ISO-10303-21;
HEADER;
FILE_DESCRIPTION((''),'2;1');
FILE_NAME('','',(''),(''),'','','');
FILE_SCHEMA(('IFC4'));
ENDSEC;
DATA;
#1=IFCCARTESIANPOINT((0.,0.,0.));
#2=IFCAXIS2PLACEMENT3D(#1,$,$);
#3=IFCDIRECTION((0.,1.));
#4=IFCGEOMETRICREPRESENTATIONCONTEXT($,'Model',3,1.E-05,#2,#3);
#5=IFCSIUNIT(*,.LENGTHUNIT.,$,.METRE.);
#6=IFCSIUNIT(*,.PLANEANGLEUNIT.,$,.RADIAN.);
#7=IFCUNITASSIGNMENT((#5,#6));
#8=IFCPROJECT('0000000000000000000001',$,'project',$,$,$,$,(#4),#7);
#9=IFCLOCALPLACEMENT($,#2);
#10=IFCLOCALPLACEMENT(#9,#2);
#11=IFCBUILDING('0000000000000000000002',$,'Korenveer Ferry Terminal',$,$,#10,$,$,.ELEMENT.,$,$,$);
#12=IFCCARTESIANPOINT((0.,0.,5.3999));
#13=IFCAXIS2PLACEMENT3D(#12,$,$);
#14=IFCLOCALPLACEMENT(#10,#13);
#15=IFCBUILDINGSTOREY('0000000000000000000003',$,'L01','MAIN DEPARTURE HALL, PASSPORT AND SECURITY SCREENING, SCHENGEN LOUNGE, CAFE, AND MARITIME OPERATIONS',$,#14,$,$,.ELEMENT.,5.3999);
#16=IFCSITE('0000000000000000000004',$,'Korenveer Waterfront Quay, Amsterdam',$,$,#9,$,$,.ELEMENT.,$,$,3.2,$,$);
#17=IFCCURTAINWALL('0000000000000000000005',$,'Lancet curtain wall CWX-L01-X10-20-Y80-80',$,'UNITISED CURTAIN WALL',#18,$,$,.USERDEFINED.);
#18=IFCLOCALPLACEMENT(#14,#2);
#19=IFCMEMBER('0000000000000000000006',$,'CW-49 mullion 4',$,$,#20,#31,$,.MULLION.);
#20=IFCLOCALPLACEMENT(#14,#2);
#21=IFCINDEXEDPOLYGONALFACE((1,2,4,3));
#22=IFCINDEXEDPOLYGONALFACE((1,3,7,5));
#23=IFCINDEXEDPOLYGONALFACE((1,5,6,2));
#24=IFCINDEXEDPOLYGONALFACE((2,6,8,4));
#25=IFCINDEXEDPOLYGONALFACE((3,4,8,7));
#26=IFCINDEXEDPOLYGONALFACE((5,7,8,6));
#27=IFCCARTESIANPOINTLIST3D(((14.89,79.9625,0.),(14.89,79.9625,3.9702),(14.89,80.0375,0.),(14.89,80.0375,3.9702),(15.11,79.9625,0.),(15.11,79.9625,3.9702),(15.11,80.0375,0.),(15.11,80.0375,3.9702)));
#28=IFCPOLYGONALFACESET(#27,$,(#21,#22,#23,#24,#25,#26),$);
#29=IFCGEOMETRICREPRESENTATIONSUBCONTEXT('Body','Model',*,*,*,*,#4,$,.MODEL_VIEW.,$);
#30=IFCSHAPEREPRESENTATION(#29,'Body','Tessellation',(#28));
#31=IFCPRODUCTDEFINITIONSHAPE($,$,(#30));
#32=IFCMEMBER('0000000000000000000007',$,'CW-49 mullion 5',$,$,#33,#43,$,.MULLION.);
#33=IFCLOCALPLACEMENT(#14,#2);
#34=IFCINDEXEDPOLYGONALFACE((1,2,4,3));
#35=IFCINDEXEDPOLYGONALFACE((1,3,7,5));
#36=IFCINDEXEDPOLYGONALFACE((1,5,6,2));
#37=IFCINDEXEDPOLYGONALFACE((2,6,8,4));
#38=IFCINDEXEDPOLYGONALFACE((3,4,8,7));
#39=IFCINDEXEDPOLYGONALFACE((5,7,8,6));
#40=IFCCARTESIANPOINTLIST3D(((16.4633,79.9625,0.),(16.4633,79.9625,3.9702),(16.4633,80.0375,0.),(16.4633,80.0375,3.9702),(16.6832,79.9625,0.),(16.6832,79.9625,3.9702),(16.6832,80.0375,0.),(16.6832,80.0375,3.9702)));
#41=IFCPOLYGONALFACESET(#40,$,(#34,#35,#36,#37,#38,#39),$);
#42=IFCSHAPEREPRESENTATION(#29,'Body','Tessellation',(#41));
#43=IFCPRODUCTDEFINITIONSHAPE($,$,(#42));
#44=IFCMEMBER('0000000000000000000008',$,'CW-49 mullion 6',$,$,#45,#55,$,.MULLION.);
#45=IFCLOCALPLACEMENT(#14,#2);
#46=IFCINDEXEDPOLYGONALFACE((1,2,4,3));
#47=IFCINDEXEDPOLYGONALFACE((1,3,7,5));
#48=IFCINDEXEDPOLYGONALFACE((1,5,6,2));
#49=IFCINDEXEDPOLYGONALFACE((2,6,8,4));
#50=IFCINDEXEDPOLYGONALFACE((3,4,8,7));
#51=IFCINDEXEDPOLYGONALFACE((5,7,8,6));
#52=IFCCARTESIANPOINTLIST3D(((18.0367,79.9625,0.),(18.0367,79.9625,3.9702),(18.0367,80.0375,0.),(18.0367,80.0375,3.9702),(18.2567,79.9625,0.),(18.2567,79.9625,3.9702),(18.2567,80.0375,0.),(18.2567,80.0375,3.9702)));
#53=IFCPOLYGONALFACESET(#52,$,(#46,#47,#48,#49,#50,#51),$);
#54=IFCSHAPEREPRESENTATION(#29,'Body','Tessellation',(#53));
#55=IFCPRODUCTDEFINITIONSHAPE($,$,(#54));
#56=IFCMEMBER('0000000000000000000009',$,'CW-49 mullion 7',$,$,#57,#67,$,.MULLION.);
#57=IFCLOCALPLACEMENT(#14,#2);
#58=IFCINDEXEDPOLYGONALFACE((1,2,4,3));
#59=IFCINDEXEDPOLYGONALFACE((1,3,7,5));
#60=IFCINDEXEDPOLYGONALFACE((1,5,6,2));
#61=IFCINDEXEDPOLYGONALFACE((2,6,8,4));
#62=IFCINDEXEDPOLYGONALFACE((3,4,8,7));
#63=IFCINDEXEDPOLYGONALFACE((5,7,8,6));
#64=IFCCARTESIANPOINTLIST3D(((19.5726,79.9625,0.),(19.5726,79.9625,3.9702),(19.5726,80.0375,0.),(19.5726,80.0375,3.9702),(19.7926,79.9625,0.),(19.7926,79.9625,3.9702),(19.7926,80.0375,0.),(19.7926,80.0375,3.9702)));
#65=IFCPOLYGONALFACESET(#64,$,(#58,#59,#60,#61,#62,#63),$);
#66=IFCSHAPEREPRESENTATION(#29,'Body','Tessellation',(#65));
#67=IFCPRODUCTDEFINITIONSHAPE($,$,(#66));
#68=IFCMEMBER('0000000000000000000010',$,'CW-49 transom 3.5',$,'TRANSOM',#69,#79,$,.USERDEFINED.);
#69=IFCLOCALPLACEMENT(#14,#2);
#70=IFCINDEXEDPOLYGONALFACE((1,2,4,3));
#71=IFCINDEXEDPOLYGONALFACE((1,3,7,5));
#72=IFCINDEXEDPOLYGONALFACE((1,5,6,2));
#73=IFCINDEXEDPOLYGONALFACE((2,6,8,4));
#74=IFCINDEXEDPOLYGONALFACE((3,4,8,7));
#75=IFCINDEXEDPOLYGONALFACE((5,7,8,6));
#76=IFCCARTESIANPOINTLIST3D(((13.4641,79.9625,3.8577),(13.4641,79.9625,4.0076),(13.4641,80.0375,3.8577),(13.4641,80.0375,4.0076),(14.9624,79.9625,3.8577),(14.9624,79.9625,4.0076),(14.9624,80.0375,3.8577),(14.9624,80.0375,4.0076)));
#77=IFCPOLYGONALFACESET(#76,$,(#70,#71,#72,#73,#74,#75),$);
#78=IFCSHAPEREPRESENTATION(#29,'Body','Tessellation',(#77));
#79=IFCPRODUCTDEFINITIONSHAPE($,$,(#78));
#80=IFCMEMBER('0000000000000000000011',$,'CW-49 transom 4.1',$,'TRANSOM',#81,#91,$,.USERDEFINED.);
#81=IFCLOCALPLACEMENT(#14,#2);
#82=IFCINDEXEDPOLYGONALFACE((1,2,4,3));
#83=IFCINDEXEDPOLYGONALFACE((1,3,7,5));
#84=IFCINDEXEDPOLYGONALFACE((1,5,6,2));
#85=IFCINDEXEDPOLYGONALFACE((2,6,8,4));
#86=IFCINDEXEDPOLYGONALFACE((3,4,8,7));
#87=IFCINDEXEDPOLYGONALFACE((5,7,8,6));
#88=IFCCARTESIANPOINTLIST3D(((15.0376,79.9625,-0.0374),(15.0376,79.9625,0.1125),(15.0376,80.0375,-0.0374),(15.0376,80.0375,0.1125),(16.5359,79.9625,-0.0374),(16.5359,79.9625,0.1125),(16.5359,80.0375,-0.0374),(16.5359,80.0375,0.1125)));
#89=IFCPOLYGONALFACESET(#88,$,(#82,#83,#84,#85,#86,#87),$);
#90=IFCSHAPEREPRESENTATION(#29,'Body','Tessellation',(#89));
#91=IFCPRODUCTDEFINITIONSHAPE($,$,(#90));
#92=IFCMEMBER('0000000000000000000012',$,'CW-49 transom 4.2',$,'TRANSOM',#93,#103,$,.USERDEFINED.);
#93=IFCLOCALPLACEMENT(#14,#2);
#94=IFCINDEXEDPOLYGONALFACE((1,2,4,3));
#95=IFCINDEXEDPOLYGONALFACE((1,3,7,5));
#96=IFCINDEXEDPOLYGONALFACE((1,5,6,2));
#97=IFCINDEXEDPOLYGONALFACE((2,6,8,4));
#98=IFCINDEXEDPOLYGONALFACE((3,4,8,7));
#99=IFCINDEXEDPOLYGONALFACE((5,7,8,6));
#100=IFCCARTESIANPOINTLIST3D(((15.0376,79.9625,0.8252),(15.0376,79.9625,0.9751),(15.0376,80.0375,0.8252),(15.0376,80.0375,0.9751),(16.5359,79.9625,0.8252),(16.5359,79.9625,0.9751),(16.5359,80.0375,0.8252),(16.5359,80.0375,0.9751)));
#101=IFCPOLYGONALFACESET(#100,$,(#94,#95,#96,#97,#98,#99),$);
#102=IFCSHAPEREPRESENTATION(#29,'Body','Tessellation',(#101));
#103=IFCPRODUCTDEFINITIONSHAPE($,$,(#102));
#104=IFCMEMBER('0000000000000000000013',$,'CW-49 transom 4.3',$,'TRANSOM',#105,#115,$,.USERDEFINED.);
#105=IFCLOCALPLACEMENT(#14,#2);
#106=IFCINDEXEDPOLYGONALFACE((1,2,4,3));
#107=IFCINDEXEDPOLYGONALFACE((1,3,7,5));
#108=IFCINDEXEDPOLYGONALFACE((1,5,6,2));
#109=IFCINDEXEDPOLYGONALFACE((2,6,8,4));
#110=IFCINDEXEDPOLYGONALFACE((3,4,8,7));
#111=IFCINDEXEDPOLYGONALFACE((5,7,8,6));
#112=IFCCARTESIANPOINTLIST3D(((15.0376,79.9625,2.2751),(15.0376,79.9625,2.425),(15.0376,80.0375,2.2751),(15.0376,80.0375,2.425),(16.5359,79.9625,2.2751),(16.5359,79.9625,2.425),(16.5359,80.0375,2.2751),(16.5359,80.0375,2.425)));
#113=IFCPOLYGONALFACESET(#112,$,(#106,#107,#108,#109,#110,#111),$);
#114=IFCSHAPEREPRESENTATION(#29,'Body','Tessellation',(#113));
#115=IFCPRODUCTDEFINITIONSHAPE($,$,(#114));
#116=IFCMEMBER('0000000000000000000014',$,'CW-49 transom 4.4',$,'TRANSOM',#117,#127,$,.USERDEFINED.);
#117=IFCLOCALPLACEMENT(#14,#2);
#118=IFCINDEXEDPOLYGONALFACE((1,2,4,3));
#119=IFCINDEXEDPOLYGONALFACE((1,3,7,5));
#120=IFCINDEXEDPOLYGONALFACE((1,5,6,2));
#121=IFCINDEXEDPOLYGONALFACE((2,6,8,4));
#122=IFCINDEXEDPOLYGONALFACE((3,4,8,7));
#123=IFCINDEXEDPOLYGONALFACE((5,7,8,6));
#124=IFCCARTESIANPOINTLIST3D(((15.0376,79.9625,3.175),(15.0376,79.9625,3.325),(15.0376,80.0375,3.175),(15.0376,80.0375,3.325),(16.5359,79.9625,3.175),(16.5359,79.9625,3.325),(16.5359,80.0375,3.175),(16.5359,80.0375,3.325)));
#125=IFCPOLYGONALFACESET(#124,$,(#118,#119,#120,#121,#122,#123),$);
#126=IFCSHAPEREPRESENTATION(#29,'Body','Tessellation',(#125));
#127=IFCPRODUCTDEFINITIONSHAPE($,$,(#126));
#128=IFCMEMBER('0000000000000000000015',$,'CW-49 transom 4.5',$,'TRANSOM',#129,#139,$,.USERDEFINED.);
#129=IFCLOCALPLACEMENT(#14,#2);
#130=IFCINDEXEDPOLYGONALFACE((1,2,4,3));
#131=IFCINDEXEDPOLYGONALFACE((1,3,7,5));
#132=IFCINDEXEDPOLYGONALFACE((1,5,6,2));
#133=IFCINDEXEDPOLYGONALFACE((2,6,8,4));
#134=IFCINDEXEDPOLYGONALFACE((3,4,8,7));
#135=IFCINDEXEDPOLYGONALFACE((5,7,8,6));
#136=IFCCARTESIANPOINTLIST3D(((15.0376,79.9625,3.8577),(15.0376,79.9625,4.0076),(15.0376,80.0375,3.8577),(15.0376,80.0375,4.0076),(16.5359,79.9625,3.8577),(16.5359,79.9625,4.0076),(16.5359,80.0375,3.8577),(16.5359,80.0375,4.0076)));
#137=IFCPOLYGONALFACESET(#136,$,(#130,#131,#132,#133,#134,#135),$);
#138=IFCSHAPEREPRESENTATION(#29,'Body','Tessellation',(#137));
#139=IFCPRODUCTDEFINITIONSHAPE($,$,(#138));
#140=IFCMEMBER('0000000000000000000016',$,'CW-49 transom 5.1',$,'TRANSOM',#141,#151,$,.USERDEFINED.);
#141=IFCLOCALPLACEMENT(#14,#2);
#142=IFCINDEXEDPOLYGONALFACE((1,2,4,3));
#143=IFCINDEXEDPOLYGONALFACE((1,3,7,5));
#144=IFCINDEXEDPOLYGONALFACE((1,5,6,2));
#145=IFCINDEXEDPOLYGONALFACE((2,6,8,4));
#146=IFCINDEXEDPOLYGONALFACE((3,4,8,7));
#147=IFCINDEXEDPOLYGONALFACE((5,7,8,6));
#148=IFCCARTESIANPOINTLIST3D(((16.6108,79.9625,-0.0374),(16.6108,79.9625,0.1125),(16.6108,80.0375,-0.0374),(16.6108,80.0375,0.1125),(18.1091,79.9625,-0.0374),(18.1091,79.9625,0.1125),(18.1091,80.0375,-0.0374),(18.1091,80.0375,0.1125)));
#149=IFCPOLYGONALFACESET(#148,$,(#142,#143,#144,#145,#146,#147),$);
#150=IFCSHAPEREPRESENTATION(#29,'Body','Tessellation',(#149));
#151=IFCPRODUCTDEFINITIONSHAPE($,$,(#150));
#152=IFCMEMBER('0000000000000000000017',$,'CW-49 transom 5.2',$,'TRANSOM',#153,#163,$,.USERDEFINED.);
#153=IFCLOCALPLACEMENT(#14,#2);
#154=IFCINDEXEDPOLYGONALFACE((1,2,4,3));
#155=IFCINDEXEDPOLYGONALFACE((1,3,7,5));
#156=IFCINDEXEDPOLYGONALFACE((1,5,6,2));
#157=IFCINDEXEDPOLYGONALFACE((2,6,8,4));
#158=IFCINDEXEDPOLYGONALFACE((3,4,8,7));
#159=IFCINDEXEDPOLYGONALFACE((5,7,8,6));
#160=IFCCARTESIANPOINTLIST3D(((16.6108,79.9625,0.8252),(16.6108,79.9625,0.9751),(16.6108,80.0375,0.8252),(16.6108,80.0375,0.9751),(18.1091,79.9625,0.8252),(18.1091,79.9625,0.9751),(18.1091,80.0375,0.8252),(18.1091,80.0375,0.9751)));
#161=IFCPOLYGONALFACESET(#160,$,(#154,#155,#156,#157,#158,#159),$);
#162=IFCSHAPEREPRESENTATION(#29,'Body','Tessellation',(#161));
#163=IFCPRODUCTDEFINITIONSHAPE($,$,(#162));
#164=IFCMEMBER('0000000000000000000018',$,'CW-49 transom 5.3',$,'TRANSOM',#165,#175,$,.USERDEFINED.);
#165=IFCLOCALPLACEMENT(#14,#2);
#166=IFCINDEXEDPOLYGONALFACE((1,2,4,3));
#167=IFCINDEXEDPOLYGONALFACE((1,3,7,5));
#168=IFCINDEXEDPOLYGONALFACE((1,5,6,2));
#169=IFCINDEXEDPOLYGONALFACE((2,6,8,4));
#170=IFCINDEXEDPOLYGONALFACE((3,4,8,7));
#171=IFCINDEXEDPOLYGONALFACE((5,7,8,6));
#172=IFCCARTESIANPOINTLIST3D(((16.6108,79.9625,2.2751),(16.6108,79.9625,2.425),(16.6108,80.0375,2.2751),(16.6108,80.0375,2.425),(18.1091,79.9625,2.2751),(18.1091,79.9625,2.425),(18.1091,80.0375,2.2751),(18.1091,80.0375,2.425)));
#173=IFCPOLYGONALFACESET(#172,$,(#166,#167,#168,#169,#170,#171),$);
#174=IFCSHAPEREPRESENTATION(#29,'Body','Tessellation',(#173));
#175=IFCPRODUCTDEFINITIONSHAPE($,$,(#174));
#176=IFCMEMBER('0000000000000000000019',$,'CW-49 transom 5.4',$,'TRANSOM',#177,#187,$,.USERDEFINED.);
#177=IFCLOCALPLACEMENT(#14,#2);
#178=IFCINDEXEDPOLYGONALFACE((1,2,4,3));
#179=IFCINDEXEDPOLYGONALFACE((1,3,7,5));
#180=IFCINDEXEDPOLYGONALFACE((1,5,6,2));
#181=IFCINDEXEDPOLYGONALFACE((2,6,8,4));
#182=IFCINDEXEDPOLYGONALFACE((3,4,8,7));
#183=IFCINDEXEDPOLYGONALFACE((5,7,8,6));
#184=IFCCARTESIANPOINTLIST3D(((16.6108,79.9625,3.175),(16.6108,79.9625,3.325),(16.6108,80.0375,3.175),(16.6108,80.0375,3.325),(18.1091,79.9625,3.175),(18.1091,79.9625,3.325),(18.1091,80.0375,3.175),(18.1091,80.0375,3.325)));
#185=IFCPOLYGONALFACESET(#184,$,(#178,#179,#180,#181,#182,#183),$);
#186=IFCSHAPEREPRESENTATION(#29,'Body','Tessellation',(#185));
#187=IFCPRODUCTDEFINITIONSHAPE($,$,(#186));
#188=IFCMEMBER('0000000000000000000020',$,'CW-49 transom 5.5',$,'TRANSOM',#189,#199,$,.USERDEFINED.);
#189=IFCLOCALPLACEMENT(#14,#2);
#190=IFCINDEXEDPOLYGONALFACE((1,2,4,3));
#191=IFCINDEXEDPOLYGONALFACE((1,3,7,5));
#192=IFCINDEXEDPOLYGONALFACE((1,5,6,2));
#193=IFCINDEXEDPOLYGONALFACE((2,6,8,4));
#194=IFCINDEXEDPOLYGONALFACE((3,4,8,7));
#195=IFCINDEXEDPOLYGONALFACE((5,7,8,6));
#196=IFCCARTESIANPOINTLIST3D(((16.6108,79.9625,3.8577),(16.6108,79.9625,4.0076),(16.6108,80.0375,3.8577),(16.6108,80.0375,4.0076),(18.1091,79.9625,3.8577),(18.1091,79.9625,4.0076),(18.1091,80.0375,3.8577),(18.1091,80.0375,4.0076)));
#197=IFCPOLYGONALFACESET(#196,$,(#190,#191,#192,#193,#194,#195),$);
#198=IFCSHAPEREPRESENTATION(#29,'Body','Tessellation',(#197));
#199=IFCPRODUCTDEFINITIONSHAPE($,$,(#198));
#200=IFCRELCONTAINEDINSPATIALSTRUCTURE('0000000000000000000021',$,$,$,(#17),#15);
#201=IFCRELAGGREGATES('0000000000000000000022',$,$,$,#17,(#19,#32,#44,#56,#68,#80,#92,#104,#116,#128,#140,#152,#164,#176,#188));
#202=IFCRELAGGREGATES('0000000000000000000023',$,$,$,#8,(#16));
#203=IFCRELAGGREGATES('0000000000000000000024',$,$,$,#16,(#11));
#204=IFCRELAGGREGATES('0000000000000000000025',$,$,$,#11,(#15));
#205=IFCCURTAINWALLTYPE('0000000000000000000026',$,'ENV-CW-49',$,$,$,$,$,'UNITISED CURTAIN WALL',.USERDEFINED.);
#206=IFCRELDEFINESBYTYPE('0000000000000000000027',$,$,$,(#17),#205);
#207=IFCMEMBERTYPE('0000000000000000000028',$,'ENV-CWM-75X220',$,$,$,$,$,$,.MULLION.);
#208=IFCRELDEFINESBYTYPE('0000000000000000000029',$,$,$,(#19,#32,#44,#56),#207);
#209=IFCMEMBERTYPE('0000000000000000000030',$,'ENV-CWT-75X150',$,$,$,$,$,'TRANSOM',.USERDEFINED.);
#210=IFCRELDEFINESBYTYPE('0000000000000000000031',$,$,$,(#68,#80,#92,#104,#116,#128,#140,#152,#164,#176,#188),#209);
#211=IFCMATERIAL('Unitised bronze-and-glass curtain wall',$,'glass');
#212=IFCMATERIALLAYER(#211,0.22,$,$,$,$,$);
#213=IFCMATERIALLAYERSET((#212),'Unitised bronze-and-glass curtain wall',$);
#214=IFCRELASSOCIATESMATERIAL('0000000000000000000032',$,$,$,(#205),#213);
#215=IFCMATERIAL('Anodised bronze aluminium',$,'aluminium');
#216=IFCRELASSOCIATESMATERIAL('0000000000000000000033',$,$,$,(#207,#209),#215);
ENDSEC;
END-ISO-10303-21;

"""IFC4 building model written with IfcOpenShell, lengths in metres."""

from ifc_helpers import new_model, si_unit, direction, frame, origin, origin_2d, place, context, subcontext, project, spatial, rectangle, extrude, material, layer, layer_set, material_profile, profile_set, type_object, element, aggregate, save


model = new_model("IFC4")

# Units and contexts
model_context = context("Model", 3, precision=1e-05, world=origin(), true_north=direction((0.0, 1.0)))
body_context = subcontext(model_context, "Body", "Model", "MODEL_VIEW")
ifc_project = project(units=[si_unit("LENGTHUNIT", "METRE"), si_unit("PLANEANGLEUNIT", "RADIAN")], contexts=[model_context])

# Site, building, storey
site_placement = place(None, origin())
site = spatial("IfcSite", under=ifc_project, at=site_placement, Name="Korenveer Waterfront Quay, Amsterdam", CompositionType="ELEMENT", RefElevation=3.2)
building_placement = place(site_placement, origin())
building = spatial("IfcBuilding", under=site, at=building_placement, Name="Korenveer Ferry Terminal", CompositionType="ELEMENT")
storey_placement = place(building_placement, frame((0.0, 0.0, 5.3999)))
storey = spatial("IfcBuildingStorey", under=building, at=storey_placement, Name="L01", Description="MAIN DEPARTURE HALL, PASSPORT AND SECURITY SCREENING, SCHENGEN LOUNGE, CAFE, AND MARITIME OPERATIONS", CompositionType="ELEMENT", Elevation=5.3999)

# Curtain wall, members
ifc_material_1 = material(Name="Unitised bronze-and-glass curtain wall", Category="glass")
ifc_layer_1 = layer(ifc_material_1, 0.22)
ifc_layer_set_1 = layer_set([ifc_layer_1], Name="Unitised bronze-and-glass curtain wall")
curtain_wall_type = type_object("IfcCurtainWallType", Name="ENV-CW-49", ElementType="UNITISED CURTAIN WALL", PredefinedType="USERDEFINED", material=ifc_layer_set_1)
curtain_wall_placement = place(storey_placement, frame((10.28, 80.0, 0.0)))
curtain_wall = element("IfcCurtainWall", 1, at=curtain_wall_placement, inside=storey, type_object=curtain_wall_type, Name="Lancet curtain wall CWX-L01-X10-20-Y80-80", ObjectType="UNITISED CURTAIN WALL", PredefinedType="USERDEFINED")
ifc_material_2 = material(Name="Anodised bronze aluminium", Category="aluminium")
ifc_material_profile_1 = material_profile(ifc_material_2, rectangle(XDim=0.075, YDim=0.22, at=origin_2d()), Name="ALU 75x220")
ifc_profile_set_1 = profile_set([ifc_material_profile_1], Name="Anodised bronze aluminium")
member_type_1 = type_object("IfcMemberType", Name="ENV-CWM-75X220", PredefinedType="MULLION", material=ifc_profile_set_1)
member_1_placement = place(storey_placement, frame((15.0, 80.0, 0.0), z_axis=(0.0, 0.0, 1.0), x_axis=(0.0, 1.0, 0.0)))
member_1 = element("IfcMember", 2, at=member_1_placement, type_object=member_type_1, Name="CW-49 mullion 4", PredefinedType="MULLION", context=body_context, shape_type="SweptSolid", body=[
    extrude(rectangle(XDim=0.075, YDim=0.22, at=origin_2d()), origin(), (0.0, 0.0, 1.0), 3.9702),
])
member_2_placement = place(storey_placement, frame((16.5732, 80.0, 0.0), z_axis=(0.0, 0.0, 1.0), x_axis=(0.0, 1.0, 0.0)))
member_2 = element("IfcMember", 3, at=member_2_placement, type_object=member_type_1, Name="CW-49 mullion 5", PredefinedType="MULLION", context=body_context, shape_type="SweptSolid", body=[
    extrude(rectangle(XDim=0.075, YDim=0.22, at=origin_2d()), origin(), (0.0, 0.0, 1.0), 3.9702),
])
member_3_placement = place(storey_placement, frame((18.1467, 80.0, 0.0), z_axis=(0.0, 0.0, 1.0), x_axis=(0.0, 1.0, 0.0)))
member_3 = element("IfcMember", 4, at=member_3_placement, type_object=member_type_1, Name="CW-49 mullion 6", PredefinedType="MULLION", context=body_context, shape_type="SweptSolid", body=[
    extrude(rectangle(XDim=0.075, YDim=0.22, at=origin_2d()), origin(), (0.0, 0.0, 1.0), 3.9702),
])
member_4_placement = place(storey_placement, frame((19.6826, 80.0, 0.0), z_axis=(0.0, 0.0, 1.0), x_axis=(0.0, 1.0, 0.0)))
member_4 = element("IfcMember", 5, at=member_4_placement, type_object=member_type_1, Name="CW-49 mullion 7", PredefinedType="MULLION", context=body_context, shape_type="SweptSolid", body=[
    extrude(rectangle(XDim=0.075, YDim=0.22, at=origin_2d()), origin(), (0.0, 0.0, 1.0), 3.9702),
])
ifc_material_profile_2 = material_profile(ifc_material_2, rectangle(XDim=0.075, YDim=0.1499, at=origin_2d()), Name="ALU 75x150")
ifc_profile_set_2 = profile_set([ifc_material_profile_2], Name="Anodised bronze aluminium")
member_type_2 = type_object("IfcMemberType", Name="ENV-CWT-75X150", ElementType="TRANSOM", PredefinedType="USERDEFINED", material=ifc_profile_set_2)
member_5_placement = place(storey_placement, frame((13.4641, 80.0, 3.9326), z_axis=(1.0, 0.0, 0.0), x_axis=(0.0, 1.0, 0.0)))
member_5 = element("IfcMember", 6, at=member_5_placement, type_object=member_type_2, Name="CW-49 transom 3.5", ObjectType="TRANSOM", PredefinedType="USERDEFINED", context=body_context, shape_type="SweptSolid", body=[
    extrude(rectangle(XDim=0.075, YDim=0.1499, at=origin_2d()), origin(), (0.0, 0.0, 1.0), 1.4983),
])
member_6_placement = place(storey_placement, frame((15.0376, 80.0, 0.0376), z_axis=(1.0, 0.0, 0.0), x_axis=(0.0, 1.0, 0.0)))
member_6 = element("IfcMember", 7, at=member_6_placement, type_object=member_type_2, Name="CW-49 transom 4.1", ObjectType="TRANSOM", PredefinedType="USERDEFINED", context=body_context, shape_type="SweptSolid", body=[
    extrude(rectangle(XDim=0.075, YDim=0.1499, at=origin_2d()), origin(), (0.0, 0.0, 1.0), 1.4983),
])
member_7_placement = place(storey_placement, frame((15.0376, 80.0, 0.9001), z_axis=(1.0, 0.0, 0.0), x_axis=(0.0, 1.0, 0.0)))
member_7 = element("IfcMember", 8, at=member_7_placement, type_object=member_type_2, Name="CW-49 transom 4.2", ObjectType="TRANSOM", PredefinedType="USERDEFINED", context=body_context, shape_type="SweptSolid", body=[
    extrude(rectangle(XDim=0.075, YDim=0.1499, at=origin_2d()), origin(), (0.0, 0.0, 1.0), 1.4983),
])
member_8_placement = place(storey_placement, frame((15.0376, 80.0, 2.3501), z_axis=(1.0, 0.0, 0.0), x_axis=(0.0, 1.0, 0.0)))
member_8 = element("IfcMember", 9, at=member_8_placement, type_object=member_type_2, Name="CW-49 transom 4.3", ObjectType="TRANSOM", PredefinedType="USERDEFINED", context=body_context, shape_type="SweptSolid", body=[
    extrude(rectangle(XDim=0.075, YDim=0.1499, at=origin_2d()), origin(), (0.0, 0.0, 1.0), 1.4983),
])
member_9_placement = place(storey_placement, frame((15.0376, 80.0, 3.25), z_axis=(1.0, 0.0, 0.0), x_axis=(0.0, 1.0, 0.0)))
member_9 = element("IfcMember", 10, at=member_9_placement, type_object=member_type_2, Name="CW-49 transom 4.4", ObjectType="TRANSOM", PredefinedType="USERDEFINED", context=body_context, shape_type="SweptSolid", body=[
    extrude(rectangle(XDim=0.075, YDim=0.1499, at=origin_2d()), origin(), (0.0, 0.0, 1.0), 1.4983),
])
member_10_placement = place(storey_placement, frame((15.0376, 80.0, 3.9326), z_axis=(1.0, 0.0, 0.0), x_axis=(0.0, 1.0, 0.0)))
member_10 = element("IfcMember", 11, at=member_10_placement, type_object=member_type_2, Name="CW-49 transom 4.5", ObjectType="TRANSOM", PredefinedType="USERDEFINED", context=body_context, shape_type="SweptSolid", body=[
    extrude(rectangle(XDim=0.075, YDim=0.1499, at=origin_2d()), origin(), (0.0, 0.0, 1.0), 1.4983),
])
member_11_placement = place(storey_placement, frame((16.6108, 80.0, 0.0376), z_axis=(1.0, 0.0, 0.0), x_axis=(0.0, 1.0, 0.0)))
member_11 = element("IfcMember", 12, at=member_11_placement, type_object=member_type_2, Name="CW-49 transom 5.1", ObjectType="TRANSOM", PredefinedType="USERDEFINED", context=body_context, shape_type="SweptSolid", body=[
    extrude(rectangle(XDim=0.075, YDim=0.1499, at=origin_2d()), origin(), (0.0, 0.0, 1.0), 1.4983),
])
member_12_placement = place(storey_placement, frame((16.6108, 80.0, 0.9001), z_axis=(1.0, 0.0, 0.0), x_axis=(0.0, 1.0, 0.0)))
member_12 = element("IfcMember", 13, at=member_12_placement, type_object=member_type_2, Name="CW-49 transom 5.2", ObjectType="TRANSOM", PredefinedType="USERDEFINED", context=body_context, shape_type="SweptSolid", body=[
    extrude(rectangle(XDim=0.075, YDim=0.1499, at=origin_2d()), origin(), (0.0, 0.0, 1.0), 1.4983),
])
member_13_placement = place(storey_placement, frame((16.6108, 80.0, 2.3501), z_axis=(1.0, 0.0, 0.0), x_axis=(0.0, 1.0, 0.0)))
member_13 = element("IfcMember", 14, at=member_13_placement, type_object=member_type_2, Name="CW-49 transom 5.3", ObjectType="TRANSOM", PredefinedType="USERDEFINED", context=body_context, shape_type="SweptSolid", body=[
    extrude(rectangle(XDim=0.075, YDim=0.1499, at=origin_2d()), origin(), (0.0, 0.0, 1.0), 1.4983),
])
member_14_placement = place(storey_placement, frame((16.6108, 80.0, 3.25), z_axis=(1.0, 0.0, 0.0), x_axis=(0.0, 1.0, 0.0)))
member_14 = element("IfcMember", 15, at=member_14_placement, type_object=member_type_2, Name="CW-49 transom 5.4", ObjectType="TRANSOM", PredefinedType="USERDEFINED", context=body_context, shape_type="SweptSolid", body=[
    extrude(rectangle(XDim=0.075, YDim=0.1499, at=origin_2d()), origin(), (0.0, 0.0, 1.0), 1.4983),
])
member_15_placement = place(storey_placement, frame((16.6108, 80.0, 3.9326), z_axis=(1.0, 0.0, 0.0), x_axis=(0.0, 1.0, 0.0)))
member_15 = element("IfcMember", 16, at=member_15_placement, type_object=member_type_2, Name="CW-49 transom 5.5", ObjectType="TRANSOM", PredefinedType="USERDEFINED", context=body_context, shape_type="SweptSolid", body=[
    extrude(rectangle(XDim=0.075, YDim=0.1499, at=origin_2d()), origin(), (0.0, 0.0, 1.0), 1.4983),
])

aggregate(curtain_wall, [member_1, member_2, member_3, member_4, member_5, member_6, member_7, member_8, member_9, member_10, member_11, member_12, member_13, member_14, member_15])

save(model, "model.ifc")
